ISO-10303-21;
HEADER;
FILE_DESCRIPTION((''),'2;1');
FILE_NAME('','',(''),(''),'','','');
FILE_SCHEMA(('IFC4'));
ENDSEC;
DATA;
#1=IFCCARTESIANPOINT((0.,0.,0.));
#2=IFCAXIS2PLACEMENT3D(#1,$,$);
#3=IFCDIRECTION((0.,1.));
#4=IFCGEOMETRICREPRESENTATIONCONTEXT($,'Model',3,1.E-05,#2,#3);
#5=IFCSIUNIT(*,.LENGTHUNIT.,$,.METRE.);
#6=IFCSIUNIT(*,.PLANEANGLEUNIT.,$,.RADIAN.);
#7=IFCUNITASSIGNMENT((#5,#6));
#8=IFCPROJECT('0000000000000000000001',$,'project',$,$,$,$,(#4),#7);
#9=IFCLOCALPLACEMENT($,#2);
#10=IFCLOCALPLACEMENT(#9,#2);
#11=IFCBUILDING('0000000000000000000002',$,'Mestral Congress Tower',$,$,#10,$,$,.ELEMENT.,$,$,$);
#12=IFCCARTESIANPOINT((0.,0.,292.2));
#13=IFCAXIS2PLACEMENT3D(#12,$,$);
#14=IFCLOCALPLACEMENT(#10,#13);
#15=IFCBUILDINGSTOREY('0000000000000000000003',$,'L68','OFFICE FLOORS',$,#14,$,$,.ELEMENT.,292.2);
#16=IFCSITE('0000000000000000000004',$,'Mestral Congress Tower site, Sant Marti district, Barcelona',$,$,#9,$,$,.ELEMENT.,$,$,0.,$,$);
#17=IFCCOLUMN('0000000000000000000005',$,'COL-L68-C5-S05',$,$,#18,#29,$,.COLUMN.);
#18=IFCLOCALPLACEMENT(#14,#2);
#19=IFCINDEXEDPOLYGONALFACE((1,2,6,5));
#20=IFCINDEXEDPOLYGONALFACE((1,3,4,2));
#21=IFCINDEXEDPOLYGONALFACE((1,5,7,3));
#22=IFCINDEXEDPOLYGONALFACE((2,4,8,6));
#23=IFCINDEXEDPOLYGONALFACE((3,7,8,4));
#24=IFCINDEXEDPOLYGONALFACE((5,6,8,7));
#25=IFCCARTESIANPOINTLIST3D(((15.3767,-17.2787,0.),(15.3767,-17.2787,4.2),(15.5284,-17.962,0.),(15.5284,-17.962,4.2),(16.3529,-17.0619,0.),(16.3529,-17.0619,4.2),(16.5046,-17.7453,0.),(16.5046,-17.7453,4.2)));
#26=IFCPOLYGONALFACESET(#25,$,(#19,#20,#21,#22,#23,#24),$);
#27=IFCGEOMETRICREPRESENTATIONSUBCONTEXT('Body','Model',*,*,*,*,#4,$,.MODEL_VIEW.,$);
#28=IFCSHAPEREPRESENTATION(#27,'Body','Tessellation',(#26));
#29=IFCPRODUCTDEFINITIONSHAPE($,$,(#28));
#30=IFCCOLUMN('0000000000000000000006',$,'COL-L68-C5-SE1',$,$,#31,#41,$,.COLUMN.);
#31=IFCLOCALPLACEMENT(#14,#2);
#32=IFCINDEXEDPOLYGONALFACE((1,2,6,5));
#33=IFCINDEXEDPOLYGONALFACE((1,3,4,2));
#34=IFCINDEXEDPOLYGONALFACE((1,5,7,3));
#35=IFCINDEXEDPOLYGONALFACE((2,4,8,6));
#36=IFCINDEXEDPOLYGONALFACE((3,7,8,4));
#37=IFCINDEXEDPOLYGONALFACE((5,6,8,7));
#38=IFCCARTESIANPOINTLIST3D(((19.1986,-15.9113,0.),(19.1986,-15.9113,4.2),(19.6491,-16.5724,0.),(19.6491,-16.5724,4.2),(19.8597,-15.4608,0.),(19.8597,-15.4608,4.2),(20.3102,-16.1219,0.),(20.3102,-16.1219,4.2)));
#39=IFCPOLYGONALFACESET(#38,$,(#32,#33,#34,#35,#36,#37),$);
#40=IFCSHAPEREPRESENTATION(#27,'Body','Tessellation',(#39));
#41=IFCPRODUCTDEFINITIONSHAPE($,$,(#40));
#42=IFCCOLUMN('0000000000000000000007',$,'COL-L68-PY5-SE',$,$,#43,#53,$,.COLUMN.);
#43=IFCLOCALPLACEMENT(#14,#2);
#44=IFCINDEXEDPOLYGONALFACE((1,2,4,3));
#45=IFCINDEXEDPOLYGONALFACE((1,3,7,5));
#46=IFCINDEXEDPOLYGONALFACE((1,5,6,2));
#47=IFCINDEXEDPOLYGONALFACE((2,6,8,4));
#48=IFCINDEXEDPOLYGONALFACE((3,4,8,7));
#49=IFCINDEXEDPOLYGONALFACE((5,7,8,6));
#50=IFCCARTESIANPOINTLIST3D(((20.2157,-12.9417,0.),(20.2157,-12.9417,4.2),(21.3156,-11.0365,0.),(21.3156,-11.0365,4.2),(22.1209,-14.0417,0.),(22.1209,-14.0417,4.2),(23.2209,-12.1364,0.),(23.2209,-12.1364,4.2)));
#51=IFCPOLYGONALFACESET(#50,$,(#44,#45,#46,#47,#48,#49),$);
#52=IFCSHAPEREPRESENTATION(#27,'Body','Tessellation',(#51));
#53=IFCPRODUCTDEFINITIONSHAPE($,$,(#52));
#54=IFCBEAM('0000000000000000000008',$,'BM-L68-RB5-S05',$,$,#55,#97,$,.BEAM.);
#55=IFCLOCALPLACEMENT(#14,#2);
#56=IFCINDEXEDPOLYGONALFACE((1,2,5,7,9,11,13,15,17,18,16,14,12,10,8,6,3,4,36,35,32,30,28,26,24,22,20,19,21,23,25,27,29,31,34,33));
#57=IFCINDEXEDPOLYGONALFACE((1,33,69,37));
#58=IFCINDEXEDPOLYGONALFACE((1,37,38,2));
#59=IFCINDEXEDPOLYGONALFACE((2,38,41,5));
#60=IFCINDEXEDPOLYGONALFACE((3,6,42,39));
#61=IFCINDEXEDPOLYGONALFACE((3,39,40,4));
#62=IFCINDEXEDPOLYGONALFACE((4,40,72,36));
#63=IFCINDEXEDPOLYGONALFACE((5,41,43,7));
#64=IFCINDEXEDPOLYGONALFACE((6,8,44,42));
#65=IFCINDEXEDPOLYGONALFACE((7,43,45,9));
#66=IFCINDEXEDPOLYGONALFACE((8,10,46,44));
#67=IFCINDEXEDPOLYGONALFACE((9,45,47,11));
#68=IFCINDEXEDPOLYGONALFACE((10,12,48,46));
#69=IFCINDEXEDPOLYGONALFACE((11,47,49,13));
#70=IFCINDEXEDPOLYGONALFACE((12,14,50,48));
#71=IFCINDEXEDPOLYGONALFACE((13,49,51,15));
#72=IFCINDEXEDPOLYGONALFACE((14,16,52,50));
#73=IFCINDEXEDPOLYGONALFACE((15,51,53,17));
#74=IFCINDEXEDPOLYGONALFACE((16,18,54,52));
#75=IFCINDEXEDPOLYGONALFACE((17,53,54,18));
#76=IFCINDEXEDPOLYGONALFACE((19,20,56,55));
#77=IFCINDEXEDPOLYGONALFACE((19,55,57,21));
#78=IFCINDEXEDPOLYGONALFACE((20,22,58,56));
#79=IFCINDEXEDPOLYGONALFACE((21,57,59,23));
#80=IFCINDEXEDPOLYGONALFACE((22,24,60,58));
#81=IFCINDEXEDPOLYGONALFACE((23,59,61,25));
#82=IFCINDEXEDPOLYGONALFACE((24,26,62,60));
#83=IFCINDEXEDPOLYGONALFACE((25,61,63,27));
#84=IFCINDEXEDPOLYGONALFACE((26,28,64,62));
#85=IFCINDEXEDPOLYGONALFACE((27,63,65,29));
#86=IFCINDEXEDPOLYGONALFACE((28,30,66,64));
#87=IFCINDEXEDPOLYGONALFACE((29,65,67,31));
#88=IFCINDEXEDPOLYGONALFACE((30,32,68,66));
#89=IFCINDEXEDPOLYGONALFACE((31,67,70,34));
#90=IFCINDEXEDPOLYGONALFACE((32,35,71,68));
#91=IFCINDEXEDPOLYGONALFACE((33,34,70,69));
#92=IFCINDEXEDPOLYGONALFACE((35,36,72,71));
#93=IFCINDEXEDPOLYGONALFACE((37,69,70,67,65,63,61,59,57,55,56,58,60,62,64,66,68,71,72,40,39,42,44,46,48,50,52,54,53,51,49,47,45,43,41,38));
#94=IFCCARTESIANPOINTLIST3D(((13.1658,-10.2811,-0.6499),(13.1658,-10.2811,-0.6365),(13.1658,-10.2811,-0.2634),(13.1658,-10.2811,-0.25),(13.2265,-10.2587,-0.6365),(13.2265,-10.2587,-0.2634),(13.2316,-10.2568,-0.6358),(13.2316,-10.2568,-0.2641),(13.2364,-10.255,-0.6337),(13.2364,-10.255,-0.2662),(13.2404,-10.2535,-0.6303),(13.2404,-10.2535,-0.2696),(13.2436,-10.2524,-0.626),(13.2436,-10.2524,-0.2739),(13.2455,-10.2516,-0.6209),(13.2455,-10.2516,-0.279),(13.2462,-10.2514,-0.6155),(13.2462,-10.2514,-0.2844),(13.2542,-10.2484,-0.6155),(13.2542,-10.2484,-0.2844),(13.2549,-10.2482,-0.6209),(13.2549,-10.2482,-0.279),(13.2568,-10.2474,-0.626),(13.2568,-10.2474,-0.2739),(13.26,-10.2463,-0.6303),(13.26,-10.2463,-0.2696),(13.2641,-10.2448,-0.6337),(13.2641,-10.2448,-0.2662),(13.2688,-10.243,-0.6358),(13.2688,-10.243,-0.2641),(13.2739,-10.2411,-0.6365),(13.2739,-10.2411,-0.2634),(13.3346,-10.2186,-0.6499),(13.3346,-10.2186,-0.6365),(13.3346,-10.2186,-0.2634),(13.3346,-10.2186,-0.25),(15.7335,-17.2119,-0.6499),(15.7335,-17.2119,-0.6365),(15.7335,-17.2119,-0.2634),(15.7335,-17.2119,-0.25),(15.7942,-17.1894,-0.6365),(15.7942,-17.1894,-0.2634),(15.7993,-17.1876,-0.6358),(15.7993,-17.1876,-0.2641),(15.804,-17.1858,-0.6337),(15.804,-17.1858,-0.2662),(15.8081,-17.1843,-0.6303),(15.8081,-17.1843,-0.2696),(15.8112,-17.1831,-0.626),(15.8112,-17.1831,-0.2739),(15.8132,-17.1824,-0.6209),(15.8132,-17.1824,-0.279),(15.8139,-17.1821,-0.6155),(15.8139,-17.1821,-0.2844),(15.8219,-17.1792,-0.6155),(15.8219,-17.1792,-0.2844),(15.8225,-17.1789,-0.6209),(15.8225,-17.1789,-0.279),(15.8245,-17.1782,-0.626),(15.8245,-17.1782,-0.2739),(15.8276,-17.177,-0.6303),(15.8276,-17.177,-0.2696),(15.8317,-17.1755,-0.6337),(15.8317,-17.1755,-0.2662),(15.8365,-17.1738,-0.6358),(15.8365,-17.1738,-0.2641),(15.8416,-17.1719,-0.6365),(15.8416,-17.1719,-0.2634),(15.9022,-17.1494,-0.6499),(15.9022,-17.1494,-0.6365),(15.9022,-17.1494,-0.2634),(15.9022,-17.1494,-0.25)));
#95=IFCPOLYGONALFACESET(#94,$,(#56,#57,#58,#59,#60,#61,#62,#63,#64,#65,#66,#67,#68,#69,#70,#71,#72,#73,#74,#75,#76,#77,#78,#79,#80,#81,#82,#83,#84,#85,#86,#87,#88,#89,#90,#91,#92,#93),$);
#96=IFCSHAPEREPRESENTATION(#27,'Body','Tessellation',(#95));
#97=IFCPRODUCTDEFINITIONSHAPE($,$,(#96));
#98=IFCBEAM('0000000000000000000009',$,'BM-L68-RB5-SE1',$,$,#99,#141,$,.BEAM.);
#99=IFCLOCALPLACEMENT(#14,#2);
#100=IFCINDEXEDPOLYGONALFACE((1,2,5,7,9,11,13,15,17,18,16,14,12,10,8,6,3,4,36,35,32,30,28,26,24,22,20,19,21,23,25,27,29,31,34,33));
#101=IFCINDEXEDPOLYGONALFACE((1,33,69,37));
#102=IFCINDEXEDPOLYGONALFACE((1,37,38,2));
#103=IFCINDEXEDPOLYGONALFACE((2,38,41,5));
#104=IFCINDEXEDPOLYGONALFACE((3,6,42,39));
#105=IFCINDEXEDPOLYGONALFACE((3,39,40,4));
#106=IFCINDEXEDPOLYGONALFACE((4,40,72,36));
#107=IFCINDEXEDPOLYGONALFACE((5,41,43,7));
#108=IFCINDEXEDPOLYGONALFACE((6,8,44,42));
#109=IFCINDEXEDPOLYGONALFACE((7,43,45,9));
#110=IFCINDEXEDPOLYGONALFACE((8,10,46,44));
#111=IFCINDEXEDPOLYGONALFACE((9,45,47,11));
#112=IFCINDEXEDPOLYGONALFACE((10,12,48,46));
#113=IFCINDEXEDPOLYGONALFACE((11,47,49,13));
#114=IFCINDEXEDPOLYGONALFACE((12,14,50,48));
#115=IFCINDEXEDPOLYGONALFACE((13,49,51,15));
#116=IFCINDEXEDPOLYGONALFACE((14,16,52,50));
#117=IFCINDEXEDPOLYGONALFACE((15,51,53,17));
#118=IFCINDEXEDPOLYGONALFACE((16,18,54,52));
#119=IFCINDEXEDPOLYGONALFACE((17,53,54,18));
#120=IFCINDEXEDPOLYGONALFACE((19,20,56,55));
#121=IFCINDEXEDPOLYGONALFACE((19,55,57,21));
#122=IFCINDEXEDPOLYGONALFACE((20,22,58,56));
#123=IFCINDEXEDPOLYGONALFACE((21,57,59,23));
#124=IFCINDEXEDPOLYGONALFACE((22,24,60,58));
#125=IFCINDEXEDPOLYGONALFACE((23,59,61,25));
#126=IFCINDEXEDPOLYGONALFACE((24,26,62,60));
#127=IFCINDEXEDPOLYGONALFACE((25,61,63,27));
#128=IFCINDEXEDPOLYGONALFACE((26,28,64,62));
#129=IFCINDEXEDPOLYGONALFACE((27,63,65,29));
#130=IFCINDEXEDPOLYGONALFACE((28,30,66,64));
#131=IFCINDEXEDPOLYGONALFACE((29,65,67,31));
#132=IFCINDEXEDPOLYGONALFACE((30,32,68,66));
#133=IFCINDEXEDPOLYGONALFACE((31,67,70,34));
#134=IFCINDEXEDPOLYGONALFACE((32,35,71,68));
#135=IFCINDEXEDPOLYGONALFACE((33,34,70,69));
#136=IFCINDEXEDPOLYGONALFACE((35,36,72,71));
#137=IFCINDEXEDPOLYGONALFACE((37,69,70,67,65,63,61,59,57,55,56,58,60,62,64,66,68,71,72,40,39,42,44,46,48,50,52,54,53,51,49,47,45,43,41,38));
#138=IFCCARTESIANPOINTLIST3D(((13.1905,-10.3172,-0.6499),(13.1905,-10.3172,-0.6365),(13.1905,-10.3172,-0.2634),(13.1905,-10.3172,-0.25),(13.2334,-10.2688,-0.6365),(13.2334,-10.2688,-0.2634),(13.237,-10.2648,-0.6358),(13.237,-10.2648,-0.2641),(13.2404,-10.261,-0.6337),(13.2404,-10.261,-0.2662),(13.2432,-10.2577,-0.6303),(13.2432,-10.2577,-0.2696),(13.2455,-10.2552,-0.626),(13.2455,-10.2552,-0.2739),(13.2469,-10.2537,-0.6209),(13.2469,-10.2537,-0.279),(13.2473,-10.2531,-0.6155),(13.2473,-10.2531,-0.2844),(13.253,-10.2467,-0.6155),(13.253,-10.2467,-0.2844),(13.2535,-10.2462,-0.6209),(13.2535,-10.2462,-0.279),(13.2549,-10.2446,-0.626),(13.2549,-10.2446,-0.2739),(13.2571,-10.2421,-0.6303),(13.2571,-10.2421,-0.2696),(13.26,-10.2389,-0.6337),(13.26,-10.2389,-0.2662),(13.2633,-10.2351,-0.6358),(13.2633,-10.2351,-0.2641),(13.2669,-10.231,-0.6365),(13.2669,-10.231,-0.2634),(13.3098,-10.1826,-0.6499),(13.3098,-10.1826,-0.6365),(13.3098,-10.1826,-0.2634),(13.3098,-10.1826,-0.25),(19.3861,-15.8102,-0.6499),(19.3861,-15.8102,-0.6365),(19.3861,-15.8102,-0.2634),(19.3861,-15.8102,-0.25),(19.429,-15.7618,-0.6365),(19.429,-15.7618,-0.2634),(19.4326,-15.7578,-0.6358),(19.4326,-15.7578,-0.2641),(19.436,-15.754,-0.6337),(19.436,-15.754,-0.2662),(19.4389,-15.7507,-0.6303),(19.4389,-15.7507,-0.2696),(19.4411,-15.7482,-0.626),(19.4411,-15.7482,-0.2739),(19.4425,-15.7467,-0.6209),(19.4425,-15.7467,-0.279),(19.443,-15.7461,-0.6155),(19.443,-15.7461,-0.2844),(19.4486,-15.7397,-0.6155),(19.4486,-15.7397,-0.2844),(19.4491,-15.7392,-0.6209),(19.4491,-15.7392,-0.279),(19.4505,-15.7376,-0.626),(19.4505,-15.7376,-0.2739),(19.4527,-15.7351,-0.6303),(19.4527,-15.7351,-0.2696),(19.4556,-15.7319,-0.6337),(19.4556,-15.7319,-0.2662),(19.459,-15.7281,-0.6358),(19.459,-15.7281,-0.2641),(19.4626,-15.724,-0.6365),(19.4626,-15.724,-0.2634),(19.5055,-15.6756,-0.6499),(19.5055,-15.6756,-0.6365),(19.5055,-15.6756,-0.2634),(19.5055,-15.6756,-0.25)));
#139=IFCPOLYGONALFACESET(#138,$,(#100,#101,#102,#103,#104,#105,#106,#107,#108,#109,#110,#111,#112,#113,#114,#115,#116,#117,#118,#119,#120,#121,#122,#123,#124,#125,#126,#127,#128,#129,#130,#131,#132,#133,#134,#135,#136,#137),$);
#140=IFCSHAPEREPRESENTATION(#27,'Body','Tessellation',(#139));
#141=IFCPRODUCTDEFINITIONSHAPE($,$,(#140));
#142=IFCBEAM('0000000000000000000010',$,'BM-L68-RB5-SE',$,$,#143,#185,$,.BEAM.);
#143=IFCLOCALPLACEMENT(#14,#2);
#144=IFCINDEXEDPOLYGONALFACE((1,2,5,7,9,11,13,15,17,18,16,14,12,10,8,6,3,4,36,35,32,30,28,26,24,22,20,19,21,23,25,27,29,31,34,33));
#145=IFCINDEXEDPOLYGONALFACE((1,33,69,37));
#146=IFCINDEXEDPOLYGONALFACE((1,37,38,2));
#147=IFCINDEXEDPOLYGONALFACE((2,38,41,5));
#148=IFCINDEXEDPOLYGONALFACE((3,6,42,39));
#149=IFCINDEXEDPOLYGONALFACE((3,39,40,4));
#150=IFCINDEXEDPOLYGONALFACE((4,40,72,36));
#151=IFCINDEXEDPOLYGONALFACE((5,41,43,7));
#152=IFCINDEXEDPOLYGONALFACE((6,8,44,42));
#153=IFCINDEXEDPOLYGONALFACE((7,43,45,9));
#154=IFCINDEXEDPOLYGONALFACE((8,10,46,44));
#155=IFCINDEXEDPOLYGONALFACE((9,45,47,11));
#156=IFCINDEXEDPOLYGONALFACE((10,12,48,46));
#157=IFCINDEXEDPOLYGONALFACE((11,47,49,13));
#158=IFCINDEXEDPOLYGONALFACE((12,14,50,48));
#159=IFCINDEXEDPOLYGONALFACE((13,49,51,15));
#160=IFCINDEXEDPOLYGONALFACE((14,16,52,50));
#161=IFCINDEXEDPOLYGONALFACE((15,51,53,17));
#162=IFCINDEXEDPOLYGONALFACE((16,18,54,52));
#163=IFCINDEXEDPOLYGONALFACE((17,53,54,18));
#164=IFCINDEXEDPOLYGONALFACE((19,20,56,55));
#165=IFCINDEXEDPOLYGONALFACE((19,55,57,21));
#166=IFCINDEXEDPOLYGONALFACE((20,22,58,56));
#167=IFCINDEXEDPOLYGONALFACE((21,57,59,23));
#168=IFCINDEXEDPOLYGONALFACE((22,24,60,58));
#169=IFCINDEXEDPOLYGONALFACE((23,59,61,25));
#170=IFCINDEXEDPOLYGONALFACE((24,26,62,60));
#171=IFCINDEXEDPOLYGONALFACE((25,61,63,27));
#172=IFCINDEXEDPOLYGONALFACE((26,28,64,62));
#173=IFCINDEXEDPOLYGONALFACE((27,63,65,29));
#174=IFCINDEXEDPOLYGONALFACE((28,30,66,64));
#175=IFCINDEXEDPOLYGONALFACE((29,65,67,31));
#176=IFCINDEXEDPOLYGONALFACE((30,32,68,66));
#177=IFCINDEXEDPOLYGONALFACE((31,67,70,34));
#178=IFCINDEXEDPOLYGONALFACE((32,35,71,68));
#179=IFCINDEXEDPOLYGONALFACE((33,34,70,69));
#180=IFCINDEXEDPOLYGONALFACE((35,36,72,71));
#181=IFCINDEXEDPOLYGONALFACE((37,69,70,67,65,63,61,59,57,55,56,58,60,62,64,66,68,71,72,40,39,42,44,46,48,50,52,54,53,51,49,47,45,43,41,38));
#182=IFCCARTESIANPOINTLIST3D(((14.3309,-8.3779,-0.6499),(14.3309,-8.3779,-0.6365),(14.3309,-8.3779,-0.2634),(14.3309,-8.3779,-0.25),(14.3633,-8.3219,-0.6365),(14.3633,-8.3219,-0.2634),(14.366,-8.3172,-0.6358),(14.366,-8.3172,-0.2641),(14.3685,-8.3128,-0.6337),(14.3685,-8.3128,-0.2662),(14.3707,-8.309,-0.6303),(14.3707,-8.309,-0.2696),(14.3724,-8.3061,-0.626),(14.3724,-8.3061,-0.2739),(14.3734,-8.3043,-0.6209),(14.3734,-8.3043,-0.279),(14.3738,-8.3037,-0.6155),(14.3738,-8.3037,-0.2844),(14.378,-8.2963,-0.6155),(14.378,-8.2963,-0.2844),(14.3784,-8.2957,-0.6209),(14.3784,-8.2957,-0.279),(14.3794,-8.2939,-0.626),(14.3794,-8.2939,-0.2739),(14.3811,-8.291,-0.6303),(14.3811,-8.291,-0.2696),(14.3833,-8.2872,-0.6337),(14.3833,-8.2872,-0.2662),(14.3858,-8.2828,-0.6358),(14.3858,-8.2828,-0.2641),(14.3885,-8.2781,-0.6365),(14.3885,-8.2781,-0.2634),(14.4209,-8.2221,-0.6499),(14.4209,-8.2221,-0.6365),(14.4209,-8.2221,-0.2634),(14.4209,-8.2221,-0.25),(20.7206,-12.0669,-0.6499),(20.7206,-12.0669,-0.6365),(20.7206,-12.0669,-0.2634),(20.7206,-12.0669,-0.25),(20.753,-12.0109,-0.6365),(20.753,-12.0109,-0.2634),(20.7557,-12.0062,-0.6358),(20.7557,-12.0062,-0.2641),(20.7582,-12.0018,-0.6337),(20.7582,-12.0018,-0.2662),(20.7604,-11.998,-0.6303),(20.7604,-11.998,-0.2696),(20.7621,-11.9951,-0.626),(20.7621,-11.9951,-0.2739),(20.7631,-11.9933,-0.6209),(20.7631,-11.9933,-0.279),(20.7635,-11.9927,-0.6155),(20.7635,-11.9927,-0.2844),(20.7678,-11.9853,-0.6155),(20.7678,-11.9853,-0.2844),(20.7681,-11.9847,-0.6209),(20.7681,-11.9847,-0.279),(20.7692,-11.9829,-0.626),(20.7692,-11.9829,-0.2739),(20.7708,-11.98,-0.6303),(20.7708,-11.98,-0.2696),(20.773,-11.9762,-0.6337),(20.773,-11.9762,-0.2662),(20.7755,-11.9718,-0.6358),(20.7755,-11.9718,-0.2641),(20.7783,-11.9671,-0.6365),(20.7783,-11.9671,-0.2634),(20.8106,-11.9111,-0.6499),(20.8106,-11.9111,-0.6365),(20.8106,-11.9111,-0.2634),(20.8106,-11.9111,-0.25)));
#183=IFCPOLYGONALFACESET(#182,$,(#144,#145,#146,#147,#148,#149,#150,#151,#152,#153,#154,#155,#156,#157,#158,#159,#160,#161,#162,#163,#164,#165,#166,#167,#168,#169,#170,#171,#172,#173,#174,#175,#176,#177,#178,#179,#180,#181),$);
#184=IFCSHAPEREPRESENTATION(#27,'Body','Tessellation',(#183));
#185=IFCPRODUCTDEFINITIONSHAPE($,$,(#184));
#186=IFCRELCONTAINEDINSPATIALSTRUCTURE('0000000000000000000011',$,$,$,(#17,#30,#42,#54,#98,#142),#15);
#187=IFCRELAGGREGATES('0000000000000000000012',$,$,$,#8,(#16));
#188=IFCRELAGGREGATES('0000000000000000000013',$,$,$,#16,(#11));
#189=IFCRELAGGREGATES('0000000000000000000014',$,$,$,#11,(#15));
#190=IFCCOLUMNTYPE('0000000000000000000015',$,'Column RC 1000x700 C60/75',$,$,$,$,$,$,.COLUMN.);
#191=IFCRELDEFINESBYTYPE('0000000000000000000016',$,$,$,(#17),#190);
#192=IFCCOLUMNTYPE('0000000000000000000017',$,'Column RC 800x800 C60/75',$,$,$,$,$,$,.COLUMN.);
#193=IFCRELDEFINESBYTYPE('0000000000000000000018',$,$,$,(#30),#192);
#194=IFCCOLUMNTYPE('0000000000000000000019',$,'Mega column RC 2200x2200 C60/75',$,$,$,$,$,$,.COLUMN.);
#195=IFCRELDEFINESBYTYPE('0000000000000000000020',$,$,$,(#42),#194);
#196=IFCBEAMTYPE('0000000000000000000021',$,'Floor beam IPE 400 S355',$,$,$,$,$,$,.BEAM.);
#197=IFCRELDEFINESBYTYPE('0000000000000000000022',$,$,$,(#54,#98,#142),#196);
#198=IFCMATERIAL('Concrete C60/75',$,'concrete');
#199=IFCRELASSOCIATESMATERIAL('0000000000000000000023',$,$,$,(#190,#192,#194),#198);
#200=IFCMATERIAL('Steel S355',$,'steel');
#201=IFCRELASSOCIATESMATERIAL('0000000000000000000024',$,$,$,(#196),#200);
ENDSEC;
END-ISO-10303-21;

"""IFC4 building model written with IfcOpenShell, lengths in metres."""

from ifc_helpers import new_model, si_unit, direction, frame, origin, origin_2d, place, context, subcontext, project, spatial, rectangle, i_section, extrude, material, material_profile, profile_set, type_object, element, save


model = new_model("IFC4")

# Units and contexts
model_context = context("Model", 3, precision=1e-05, world=origin(), true_north=direction((0.0, 1.0)))
body_context = subcontext(model_context, "Body", "Model", "MODEL_VIEW")
ifc_project = project(units=[si_unit("LENGTHUNIT", "METRE"), si_unit("PLANEANGLEUNIT", "RADIAN")], contexts=[model_context])

# Site, building, storey
site_placement = place(None, origin())
site = spatial("IfcSite", under=ifc_project, at=site_placement, Name="Mestral Congress Tower site, Sant Marti district, Barcelona", CompositionType="ELEMENT", RefElevation=0.0)
building_placement = place(site_placement, origin())
building = spatial("IfcBuilding", under=site, at=building_placement, Name="Mestral Congress Tower", CompositionType="ELEMENT")
storey_placement = place(building_placement, frame((0.0, 0.0, 292.2)))
storey = spatial("IfcBuildingStorey", under=building, at=storey_placement, Name="L68", Description="OFFICE FLOORS", CompositionType="ELEMENT", Elevation=292.2)

# Columns
ifc_material_1 = material(Name="Concrete C60/75", Category="concrete")
ifc_material_profile_1 = material_profile(ifc_material_1, rectangle(XDim=1.0, YDim=0.7, at=origin_2d()), Name="RC 1000x700")
ifc_profile_set_1 = profile_set([ifc_material_profile_1], Name="Concrete C60/75")
column_type_1 = type_object("IfcColumnType", Name="Column RC 1000x700 C60/75", PredefinedType="COLUMN", material=ifc_profile_set_1)
column_1_placement = place(storey_placement, frame((15.9407, -17.512, 0.0), z_axis=(0.0, 0.0, 1.0), x_axis=(0.976234, 0.216721, 0.0)))
element("IfcColumn", 1, at=column_1_placement, inside=storey, type_object=column_type_1, Name="COL-L68-C5-S05", PredefinedType="COLUMN", context=body_context, shape_type="SweptSolid", body=[
    extrude(rectangle(XDim=1.0, YDim=0.7, at=origin_2d()), origin(), (0.0, 0.0, 1.0), 4.2),
])
ifc_material_profile_2 = material_profile(ifc_material_1, rectangle(XDim=0.8, YDim=0.8, at=origin_2d()), Name="RC 800x800")
ifc_profile_set_2 = profile_set([ifc_material_profile_2], Name="Concrete C60/75")
column_type_2 = type_object("IfcColumnType", Name="Column RC 800x800 C60/75", PredefinedType="COLUMN", material=ifc_profile_set_2)
column_2_placement = place(storey_placement, frame((19.7544, -16.0166, 0.0), z_axis=(0.0, 0.0, 1.0), x_axis=(0.826363, 0.563138, 0.0)))
element("IfcColumn", 2, at=column_2_placement, inside=storey, type_object=column_type_2, Name="COL-L68-C5-SE1", PredefinedType="COLUMN", context=body_context, shape_type="SweptSolid", body=[
    extrude(rectangle(XDim=0.8, YDim=0.8, at=origin_2d()), origin(), (0.0, 0.0, 1.0), 4.2),
])
ifc_material_profile_3 = material_profile(ifc_material_1, rectangle(XDim=2.2, YDim=2.2, at=origin_2d()), Name="RC 2200x2200")
ifc_profile_set_3 = profile_set([ifc_material_profile_3], Name="Concrete C60/75")
column_type_3 = type_object("IfcColumnType", Name="Mega column RC 2200x2200 C60/75", PredefinedType="COLUMN", material=ifc_profile_set_3)
column_3_placement = place(storey_placement, frame((21.7183, -12.5391, 0.0), z_axis=(0.0, 0.0, 1.0), x_axis=(0.866025, -0.5, 0.0)))
element("IfcColumn", 3, at=column_3_placement, inside=storey, type_object=column_type_3, Name="COL-L68-PY5-SE", PredefinedType="COLUMN", context=body_context, shape_type="SweptSolid", body=[
    extrude(rectangle(XDim=2.2, YDim=2.2, at=origin_2d()), origin(), (0.0, 0.0, 1.0), 4.2),
])

# Beams
ifc_material_2 = material(Name="Steel S355", Category="steel")
ifc_material_profile_4 = material_profile(ifc_material_2, i_section(OverallWidth=0.1799, OverallDepth=0.3999, WebThickness=0.0085, FlangeThickness=0.0134, FilletRadius=0.021, at=origin_2d()), Name="IPE 400")
ifc_profile_set_4 = profile_set([ifc_material_profile_4], Name="Steel S355")
beam_type_1 = type_object("IfcBeamType", Name="Floor beam IPE 400 S355", PredefinedType="BEAM", material=ifc_profile_set_4)
beam_1_placement = place(storey_placement, frame((15.8179, -17.1807, -0.45), z_axis=(-0.347399, 0.937717, 0.0), x_axis=(-0.937717, -0.347399, 0.0)))
element("IfcBeam", 4, at=beam_1_placement, inside=storey, type_object=beam_type_1, Name="BM-L68-RB5-S05", PredefinedType="BEAM", context=body_context, shape_type="SweptSolid", body=[
    extrude(i_section(OverallWidth=0.1799, OverallDepth=0.3999, WebThickness=0.0085, FlangeThickness=0.0134, FilletRadius=0.021, at=origin_2d()), origin(), (0.0, 0.0, 1.0), 7.3911),
])
beam_2_placement = place(storey_placement, frame((19.4458, -15.7429, -0.45), z_axis=(-0.748263, 0.663402, 0.0), x_axis=(-0.663402, -0.748263, 0.0)))
element("IfcBeam", 5, at=beam_2_placement, inside=storey, type_object=beam_type_1, Name="BM-L68-RB5-SE1", PredefinedType="BEAM", context=body_context, shape_type="SweptSolid", body=[
    extrude(i_section(OverallWidth=0.1799, OverallDepth=0.3999, WebThickness=0.0085, FlangeThickness=0.0134, FilletRadius=0.021, at=origin_2d()), origin(), (0.0, 0.0, 1.0), 8.28),
])
beam_3_placement = place(storey_placement, frame((20.7656, -11.989, -0.45), z_axis=(-0.866031, 0.49999, 0.0), x_axis=(-0.49999, -0.866031, 0.0)))
element("IfcBeam", 6, at=beam_3_placement, inside=storey, type_object=beam_type_1, Name="BM-L68-RB5-SE", PredefinedType="BEAM", context=body_context, shape_type="SweptSolid", body=[
    extrude(i_section(OverallWidth=0.1799, OverallDepth=0.3999, WebThickness=0.0085, FlangeThickness=0.0134, FilletRadius=0.021, at=origin_2d()), origin(), (0.0, 0.0, 1.0), 7.3782),
])

save(model, "model.ifc")
